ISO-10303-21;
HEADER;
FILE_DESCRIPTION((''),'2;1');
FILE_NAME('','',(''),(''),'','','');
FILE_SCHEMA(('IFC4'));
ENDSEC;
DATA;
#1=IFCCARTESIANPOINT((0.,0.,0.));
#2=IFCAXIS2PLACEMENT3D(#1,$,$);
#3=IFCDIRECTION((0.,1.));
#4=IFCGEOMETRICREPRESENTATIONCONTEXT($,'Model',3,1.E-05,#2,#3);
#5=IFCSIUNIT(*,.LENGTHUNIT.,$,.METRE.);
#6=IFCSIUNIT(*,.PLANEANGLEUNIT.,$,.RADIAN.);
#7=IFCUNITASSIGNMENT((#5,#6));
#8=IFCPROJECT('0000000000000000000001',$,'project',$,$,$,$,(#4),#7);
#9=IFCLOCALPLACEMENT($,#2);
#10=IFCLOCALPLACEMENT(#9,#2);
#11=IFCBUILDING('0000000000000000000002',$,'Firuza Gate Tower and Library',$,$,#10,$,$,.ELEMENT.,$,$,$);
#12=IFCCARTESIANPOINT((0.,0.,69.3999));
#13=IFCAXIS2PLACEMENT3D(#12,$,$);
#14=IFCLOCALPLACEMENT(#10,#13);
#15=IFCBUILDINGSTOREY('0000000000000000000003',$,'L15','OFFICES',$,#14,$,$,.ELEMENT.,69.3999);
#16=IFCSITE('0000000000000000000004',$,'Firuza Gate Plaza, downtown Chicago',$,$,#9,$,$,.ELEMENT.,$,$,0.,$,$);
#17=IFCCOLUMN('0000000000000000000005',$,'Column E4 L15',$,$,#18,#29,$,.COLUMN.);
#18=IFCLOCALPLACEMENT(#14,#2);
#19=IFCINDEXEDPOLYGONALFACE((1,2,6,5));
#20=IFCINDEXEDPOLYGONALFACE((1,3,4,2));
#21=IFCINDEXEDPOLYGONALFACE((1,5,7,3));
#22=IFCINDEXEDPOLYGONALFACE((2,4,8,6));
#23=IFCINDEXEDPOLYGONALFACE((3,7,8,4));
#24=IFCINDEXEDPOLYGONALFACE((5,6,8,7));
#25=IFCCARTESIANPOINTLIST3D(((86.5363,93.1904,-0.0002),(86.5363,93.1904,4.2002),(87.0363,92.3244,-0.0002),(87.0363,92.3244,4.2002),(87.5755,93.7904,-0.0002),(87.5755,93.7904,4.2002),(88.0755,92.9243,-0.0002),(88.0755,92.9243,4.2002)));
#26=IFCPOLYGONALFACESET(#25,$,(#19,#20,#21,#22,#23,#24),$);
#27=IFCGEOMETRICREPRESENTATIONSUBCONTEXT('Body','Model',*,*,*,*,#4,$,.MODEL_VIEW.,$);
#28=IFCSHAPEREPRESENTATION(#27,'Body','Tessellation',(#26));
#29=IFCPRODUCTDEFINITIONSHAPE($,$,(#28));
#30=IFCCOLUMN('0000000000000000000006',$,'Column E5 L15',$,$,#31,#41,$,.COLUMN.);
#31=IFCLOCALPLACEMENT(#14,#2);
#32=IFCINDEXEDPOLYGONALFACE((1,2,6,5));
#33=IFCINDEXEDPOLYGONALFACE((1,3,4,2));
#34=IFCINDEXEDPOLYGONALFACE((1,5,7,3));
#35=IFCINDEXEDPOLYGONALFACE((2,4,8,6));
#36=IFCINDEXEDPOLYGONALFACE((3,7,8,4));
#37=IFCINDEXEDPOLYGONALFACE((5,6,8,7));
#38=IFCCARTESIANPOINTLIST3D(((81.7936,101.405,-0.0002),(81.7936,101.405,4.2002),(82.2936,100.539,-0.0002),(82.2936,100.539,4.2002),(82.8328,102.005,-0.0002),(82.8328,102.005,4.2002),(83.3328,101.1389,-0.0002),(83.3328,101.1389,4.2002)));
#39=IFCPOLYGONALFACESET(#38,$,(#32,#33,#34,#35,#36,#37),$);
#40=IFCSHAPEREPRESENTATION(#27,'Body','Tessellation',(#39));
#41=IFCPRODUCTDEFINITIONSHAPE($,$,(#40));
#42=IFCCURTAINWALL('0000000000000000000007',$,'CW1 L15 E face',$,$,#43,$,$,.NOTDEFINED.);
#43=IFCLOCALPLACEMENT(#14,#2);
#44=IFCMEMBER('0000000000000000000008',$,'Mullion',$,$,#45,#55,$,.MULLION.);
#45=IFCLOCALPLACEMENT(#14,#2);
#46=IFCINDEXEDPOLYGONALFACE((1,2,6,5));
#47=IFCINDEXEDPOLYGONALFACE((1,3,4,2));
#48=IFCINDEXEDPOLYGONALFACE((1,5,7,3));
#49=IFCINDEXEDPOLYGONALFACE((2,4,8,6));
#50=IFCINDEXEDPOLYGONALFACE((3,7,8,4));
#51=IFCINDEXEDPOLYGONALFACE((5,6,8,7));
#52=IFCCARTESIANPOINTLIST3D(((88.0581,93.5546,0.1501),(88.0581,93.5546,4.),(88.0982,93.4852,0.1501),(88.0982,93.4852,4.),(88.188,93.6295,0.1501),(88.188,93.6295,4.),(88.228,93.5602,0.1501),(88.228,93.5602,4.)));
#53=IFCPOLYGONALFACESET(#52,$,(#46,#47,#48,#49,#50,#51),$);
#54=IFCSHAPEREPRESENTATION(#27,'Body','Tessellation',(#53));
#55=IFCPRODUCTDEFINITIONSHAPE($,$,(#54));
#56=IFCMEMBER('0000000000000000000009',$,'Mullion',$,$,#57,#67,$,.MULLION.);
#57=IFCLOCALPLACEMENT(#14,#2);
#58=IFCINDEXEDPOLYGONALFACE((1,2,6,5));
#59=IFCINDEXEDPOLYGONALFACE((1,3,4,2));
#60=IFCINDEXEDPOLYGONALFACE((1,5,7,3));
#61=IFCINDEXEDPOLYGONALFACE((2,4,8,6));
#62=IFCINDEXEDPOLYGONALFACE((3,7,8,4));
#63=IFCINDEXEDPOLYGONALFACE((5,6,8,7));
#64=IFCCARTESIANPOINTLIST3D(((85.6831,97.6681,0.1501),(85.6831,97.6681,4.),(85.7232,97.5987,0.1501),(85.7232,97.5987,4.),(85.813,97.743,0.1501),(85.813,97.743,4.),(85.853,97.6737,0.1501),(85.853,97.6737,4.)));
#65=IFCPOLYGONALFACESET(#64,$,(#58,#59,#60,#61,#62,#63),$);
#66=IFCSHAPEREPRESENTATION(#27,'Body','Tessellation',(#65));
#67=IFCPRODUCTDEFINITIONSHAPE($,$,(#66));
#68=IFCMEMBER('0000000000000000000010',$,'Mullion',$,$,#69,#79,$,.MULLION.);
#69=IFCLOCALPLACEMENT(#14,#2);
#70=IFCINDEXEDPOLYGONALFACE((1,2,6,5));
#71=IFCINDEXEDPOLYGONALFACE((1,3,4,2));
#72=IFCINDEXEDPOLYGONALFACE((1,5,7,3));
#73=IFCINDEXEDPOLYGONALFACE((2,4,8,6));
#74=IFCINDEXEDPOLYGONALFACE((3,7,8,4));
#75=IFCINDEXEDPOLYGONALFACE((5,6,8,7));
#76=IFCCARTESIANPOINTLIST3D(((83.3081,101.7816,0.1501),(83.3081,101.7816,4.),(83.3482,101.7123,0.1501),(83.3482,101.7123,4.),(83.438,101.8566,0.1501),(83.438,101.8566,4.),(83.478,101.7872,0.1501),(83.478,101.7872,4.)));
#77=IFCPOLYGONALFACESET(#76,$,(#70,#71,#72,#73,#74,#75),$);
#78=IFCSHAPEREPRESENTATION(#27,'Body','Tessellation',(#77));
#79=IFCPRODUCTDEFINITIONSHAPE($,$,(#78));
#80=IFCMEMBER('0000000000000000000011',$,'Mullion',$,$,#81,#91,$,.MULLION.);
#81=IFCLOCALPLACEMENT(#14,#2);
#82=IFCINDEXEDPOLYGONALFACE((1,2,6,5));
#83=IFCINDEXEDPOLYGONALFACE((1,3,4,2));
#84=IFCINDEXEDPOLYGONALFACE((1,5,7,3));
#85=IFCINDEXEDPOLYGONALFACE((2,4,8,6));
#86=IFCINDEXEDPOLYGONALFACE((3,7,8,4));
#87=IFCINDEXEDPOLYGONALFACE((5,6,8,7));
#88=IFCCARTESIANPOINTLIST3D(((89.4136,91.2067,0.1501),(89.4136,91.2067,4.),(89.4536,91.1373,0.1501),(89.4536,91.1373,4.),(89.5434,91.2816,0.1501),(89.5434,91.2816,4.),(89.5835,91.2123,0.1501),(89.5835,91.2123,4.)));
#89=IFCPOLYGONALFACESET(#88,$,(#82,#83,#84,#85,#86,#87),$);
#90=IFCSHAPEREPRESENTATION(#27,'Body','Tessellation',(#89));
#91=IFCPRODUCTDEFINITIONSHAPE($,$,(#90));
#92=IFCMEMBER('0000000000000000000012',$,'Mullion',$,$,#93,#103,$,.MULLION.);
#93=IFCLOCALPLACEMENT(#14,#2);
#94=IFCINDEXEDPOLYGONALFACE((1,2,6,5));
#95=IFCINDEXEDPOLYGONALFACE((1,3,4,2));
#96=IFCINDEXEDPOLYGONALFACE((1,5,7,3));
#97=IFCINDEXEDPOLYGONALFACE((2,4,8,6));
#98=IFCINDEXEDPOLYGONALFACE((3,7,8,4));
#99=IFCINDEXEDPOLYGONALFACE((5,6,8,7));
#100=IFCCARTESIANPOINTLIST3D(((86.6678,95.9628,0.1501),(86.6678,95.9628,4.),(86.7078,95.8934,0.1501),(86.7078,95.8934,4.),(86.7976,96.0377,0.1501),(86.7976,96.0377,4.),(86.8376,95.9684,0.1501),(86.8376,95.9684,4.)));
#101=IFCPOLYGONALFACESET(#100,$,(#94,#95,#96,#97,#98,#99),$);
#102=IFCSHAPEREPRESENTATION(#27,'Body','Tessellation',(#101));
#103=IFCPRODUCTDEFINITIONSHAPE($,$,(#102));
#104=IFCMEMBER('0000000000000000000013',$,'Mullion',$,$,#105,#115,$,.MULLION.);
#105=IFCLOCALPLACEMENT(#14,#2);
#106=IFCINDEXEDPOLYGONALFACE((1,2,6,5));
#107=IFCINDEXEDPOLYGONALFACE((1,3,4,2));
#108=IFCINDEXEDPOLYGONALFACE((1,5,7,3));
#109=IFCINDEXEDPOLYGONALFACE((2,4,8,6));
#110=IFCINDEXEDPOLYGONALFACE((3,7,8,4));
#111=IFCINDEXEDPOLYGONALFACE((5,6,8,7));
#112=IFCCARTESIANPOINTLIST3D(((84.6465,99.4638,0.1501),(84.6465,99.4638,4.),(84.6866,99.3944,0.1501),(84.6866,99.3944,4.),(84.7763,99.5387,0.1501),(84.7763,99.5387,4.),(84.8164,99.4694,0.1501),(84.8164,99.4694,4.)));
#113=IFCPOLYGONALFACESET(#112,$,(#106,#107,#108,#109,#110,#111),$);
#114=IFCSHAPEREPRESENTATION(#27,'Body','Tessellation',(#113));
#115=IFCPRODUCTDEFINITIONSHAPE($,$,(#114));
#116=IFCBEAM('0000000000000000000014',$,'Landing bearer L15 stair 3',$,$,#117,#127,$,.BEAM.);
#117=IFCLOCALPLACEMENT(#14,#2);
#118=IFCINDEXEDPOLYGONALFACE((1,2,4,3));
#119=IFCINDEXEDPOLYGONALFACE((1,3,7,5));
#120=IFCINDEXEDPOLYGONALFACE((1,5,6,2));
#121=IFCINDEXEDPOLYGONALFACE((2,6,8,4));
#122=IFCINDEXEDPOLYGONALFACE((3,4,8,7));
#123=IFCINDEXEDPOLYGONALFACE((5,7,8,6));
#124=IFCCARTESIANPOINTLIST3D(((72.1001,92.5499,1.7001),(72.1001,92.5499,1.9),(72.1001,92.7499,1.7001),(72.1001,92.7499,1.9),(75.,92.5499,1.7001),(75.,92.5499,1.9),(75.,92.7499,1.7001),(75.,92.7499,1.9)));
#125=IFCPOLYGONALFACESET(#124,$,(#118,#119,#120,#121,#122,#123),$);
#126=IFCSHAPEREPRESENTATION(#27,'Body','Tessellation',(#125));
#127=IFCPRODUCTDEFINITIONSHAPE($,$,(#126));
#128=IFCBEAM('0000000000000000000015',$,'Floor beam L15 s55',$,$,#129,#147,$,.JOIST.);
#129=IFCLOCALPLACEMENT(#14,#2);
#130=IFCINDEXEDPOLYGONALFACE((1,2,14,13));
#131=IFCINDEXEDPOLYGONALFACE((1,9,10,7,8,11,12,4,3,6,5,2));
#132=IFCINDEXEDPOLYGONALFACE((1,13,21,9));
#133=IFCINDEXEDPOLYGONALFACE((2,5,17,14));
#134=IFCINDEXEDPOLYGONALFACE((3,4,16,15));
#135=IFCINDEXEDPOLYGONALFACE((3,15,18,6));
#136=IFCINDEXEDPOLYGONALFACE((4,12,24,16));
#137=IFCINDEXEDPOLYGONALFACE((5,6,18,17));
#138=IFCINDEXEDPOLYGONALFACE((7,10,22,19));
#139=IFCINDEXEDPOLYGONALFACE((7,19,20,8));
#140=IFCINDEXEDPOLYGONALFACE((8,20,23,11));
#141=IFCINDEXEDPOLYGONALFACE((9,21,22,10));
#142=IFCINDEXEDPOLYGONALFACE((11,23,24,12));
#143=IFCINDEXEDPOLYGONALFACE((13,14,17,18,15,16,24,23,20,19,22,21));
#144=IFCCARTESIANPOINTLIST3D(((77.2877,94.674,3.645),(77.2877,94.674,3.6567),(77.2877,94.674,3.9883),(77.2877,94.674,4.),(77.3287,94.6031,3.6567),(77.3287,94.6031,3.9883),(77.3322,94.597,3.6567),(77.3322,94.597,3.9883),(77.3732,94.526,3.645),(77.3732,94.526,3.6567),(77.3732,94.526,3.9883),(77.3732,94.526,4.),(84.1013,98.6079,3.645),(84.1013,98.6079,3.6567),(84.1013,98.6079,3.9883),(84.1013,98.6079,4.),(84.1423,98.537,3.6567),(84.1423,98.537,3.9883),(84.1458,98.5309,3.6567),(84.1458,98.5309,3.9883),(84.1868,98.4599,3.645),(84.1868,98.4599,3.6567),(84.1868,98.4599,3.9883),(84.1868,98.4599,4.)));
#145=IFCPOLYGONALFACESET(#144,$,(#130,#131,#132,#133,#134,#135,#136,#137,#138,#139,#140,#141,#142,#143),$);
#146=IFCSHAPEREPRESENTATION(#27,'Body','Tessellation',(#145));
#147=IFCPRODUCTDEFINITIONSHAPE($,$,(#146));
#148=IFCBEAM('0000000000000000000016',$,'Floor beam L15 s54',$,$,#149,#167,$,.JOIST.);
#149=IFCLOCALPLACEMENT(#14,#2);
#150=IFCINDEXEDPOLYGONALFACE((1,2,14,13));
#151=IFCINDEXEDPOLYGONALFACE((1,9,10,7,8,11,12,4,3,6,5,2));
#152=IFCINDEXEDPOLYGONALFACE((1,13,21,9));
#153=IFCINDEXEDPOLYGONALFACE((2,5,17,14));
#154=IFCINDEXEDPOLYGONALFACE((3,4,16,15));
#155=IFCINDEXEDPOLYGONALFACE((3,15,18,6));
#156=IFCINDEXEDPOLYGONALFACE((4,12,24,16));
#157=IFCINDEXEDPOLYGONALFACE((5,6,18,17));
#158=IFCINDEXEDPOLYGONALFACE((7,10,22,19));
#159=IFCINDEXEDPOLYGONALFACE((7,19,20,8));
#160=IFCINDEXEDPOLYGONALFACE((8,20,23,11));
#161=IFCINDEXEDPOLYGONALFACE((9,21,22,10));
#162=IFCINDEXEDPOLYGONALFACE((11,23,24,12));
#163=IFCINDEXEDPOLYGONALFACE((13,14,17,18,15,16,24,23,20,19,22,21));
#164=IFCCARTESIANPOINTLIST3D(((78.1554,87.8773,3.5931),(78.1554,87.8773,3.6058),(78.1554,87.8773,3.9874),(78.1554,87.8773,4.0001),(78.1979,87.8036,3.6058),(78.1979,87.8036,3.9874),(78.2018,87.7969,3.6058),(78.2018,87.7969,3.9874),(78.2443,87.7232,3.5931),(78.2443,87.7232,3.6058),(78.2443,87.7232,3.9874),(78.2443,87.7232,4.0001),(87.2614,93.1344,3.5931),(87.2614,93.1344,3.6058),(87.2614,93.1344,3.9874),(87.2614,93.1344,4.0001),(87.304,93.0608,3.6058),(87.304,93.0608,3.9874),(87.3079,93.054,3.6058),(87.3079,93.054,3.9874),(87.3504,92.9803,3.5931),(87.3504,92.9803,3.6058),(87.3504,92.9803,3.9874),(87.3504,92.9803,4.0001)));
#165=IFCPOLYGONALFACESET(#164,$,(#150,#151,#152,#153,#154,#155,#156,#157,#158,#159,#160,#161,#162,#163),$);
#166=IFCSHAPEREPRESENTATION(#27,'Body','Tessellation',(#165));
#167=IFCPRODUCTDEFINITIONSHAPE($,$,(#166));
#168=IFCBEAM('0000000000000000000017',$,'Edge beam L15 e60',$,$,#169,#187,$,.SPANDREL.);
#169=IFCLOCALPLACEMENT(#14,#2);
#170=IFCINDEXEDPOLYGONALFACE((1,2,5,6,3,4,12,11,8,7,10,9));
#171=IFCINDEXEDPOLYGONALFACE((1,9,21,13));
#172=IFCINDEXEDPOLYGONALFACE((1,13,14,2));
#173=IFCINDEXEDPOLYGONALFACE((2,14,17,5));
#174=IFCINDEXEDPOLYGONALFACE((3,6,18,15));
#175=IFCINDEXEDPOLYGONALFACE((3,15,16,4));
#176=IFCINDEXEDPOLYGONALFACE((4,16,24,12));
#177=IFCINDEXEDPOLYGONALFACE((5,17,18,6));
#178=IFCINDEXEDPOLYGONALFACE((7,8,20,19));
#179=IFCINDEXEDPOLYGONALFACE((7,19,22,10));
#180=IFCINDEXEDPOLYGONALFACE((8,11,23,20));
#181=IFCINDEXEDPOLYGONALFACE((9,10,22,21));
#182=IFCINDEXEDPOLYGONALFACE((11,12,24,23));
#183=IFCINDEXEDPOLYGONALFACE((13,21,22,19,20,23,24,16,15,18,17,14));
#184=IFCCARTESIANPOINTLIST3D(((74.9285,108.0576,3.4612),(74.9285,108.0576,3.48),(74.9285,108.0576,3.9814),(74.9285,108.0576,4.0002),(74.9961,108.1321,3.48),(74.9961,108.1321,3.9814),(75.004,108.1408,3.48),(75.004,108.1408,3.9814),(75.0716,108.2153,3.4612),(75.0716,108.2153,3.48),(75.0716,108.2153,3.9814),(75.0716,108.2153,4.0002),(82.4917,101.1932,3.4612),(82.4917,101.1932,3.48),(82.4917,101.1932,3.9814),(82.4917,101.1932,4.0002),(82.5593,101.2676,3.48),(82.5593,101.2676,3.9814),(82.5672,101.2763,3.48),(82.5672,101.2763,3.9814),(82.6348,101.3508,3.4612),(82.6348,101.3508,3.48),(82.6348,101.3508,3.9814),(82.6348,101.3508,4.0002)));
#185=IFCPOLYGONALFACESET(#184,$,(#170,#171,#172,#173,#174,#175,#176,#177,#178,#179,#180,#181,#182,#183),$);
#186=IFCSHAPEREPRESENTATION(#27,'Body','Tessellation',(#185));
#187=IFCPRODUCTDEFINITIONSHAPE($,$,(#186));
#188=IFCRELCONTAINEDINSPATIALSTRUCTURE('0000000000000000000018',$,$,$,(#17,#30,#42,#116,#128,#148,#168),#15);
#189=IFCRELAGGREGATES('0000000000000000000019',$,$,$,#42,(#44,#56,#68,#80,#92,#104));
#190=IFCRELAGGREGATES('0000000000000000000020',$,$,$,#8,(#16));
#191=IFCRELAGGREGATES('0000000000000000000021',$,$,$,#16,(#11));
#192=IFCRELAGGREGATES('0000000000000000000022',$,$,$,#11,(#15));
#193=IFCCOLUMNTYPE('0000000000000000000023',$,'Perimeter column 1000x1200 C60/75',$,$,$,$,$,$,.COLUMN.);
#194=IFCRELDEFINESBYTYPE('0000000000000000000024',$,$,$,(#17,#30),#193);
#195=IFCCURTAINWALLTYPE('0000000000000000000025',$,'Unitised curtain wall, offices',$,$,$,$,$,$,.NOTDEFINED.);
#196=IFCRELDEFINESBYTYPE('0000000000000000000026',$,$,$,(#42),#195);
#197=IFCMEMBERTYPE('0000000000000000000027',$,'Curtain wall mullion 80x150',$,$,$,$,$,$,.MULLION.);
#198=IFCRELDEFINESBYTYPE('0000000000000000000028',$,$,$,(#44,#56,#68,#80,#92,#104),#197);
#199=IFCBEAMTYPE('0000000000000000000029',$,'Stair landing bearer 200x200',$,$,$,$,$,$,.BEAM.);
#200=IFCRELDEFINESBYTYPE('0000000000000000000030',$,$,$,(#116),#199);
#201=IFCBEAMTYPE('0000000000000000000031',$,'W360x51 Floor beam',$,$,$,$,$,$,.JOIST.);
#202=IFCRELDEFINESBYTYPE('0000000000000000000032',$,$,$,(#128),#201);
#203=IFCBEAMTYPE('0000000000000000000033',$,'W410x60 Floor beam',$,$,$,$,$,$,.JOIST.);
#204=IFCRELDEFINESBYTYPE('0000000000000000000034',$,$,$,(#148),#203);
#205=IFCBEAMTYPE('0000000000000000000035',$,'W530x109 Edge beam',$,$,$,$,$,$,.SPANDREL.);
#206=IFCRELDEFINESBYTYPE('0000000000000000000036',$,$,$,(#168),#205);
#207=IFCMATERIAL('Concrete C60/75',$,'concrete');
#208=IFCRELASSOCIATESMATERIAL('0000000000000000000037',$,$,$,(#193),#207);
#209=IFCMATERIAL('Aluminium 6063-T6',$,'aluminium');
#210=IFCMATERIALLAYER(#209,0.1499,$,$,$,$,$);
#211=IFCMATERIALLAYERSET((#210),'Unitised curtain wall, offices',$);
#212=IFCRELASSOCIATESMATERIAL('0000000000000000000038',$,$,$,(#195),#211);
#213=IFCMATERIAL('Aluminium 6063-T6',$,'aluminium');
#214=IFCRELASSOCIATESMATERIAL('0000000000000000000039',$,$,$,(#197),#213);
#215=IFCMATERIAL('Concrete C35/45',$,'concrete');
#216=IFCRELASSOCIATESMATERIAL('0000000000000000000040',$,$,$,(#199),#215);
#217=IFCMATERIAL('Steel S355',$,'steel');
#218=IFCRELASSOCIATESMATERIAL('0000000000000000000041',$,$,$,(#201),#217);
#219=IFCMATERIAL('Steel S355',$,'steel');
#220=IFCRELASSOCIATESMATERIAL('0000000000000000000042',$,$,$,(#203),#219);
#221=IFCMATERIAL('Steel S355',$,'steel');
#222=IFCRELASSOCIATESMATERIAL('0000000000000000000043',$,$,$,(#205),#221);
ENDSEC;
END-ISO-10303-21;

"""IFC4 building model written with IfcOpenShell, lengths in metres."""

from ifc_helpers import new_model, si_unit, direction, frame, origin, origin_2d, place, context, subcontext, project, spatial, rectangle, i_section, extrude, material, layer, layer_set, material_profile, profile_set, type_object, element, aggregate, save


model = new_model("IFC4")

# Units and contexts
model_context = context("Model", 3, precision=1e-05, world=origin(), true_north=direction((0.0, 1.0)))
body_context = subcontext(model_context, "Body", "Model", "MODEL_VIEW")
ifc_project = project(units=[si_unit("LENGTHUNIT", "METRE"), si_unit("PLANEANGLEUNIT", "RADIAN")], contexts=[model_context])

# Site, building, storey
site_placement = place(None, origin())
site = spatial("IfcSite", under=ifc_project, at=site_placement, Name="Firuza Gate Plaza, downtown Chicago", CompositionType="ELEMENT", RefElevation=0.0)
building_placement = place(site_placement, origin())
building = spatial("IfcBuilding", under=site, at=building_placement, Name="Firuza Gate Tower and Library", CompositionType="ELEMENT")
storey_placement = place(building_placement, frame((0.0, 0.0, 69.3999)))
storey = spatial("IfcBuildingStorey", under=building, at=storey_placement, Name="L15", Description="OFFICES", CompositionType="ELEMENT", Elevation=69.3999)

# Columns
ifc_material_1 = material(Name="Concrete C60/75", Category="concrete")
ifc_material_profile_1 = material_profile(ifc_material_1, rectangle(XDim=1.0, YDim=1.2, at=origin_2d()))
ifc_profile_set_1 = profile_set([ifc_material_profile_1], Name="Concrete C60/75")
column_type = type_object("IfcColumnType", Name="Perimeter column 1000x1200 C60/75", PredefinedType="COLUMN", material=ifc_profile_set_1)
for number, where, z_axis, x_axis, name in (
    (1, (87.3059, 93.0574, -0.0002), (0.0, 0.0, 1.0), (-0.5, 0.866025, 0.0), "Column E4 L15"),
    (2, (82.5632, 101.272, -0.0002), (0.0, 0.0, 1.0), (-0.5, 0.866025, 0.0), "Column E5 L15"),
):
    element("IfcColumn", number, at=place(storey_placement, frame(where, z_axis=z_axis, x_axis=x_axis)), inside=storey, type_object=column_type, Name=name, PredefinedType="COLUMN", context=body_context, shape_type="SweptSolid", body=[
        extrude(rectangle(XDim=1.0, YDim=1.2, at=origin_2d()), origin(), (0.0, 0.0, 1.0), 4.2004),
    ])

# Curtain wall, members
ifc_material_2 = material(Name="Aluminium 6063-T6", Category="aluminium")
ifc_layer_1 = layer(ifc_material_2, 0.1499)
ifc_layer_set_1 = layer_set([ifc_layer_1], Name="Unitised curtain wall, offices")
curtain_wall_type = type_object("IfcCurtainWallType", Name="Unitised curtain wall, offices", PredefinedType="NOTDEFINED", material=ifc_layer_set_1)
curtain_wall_placement = place(storey_placement, origin())
curtain_wall = element("IfcCurtainWall", 3, at=curtain_wall_placement, inside=storey, type_object=curtain_wall_type, Name="CW1 L15 E face", PredefinedType="NOTDEFINED")
ifc_material_3 = material(Name="Aluminium 6063-T6", Category="aluminium")
ifc_material_profile_2 = material_profile(ifc_material_3, rectangle(XDim=0.1499, YDim=0.0801, at=origin_2d()))
ifc_profile_set_2 = profile_set([ifc_material_profile_2], Name="Aluminium 6063-T6")
member_type = type_object("IfcMemberType", Name="Curtain wall mullion 80x150", PredefinedType="MULLION", material=ifc_profile_set_2)
member_1_placement = place(storey_placement, frame((88.1431, 93.5574, 0.1501), z_axis=(0.0, 0.0, 1.0), x_axis=(-0.866025, -0.5, 0.0)))
member_1 = element("IfcMember", 4, at=member_1_placement, type_object=member_type, Name="Mullion", PredefinedType="MULLION", context=body_context, shape_type="SweptSolid", body=[
    extrude(rectangle(XDim=0.1499, YDim=0.0801, at=origin_2d()), origin(), (0.0, 0.0, 1.0), 3.8499),
])
member_2_placement = place(storey_placement, frame((85.7681, 97.6709, 0.1501), z_axis=(0.0, 0.0, 1.0), x_axis=(-0.866025, -0.5, 0.0)))
member_2 = element("IfcMember", 5, at=member_2_placement, type_object=member_type, Name="Mullion", PredefinedType="MULLION", context=body_context, shape_type="SweptSolid", body=[
    extrude(rectangle(XDim=0.1499, YDim=0.0801, at=origin_2d()), origin(), (0.0, 0.0, 1.0), 3.8499),
])
member_3_placement = place(storey_placement, frame((83.3931, 101.7844, 0.1501), z_axis=(0.0, 0.0, 1.0), x_axis=(-0.866025, -0.5, 0.0)))
member_3 = element("IfcMember", 6, at=member_3_placement, type_object=member_type, Name="Mullion", PredefinedType="MULLION", context=body_context, shape_type="SweptSolid", body=[
    extrude(rectangle(XDim=0.1499, YDim=0.0801, at=origin_2d()), origin(), (0.0, 0.0, 1.0), 3.8499),
])
member_4_placement = place(storey_placement, frame((89.4985, 91.2095, 0.1501), z_axis=(0.0, 0.0, 1.0), x_axis=(-0.866025, -0.5, 0.0)))
member_4 = element("IfcMember", 7, at=member_4_placement, type_object=member_type, Name="Mullion", PredefinedType="MULLION", context=body_context, shape_type="SweptSolid", body=[
    extrude(rectangle(XDim=0.1499, YDim=0.0801, at=origin_2d()), origin(), (0.0, 0.0, 1.0), 3.8499),
])
member_5_placement = place(storey_placement, frame((86.7527, 95.9656, 0.1501), z_axis=(0.0, 0.0, 1.0), x_axis=(-0.866025, -0.5, 0.0)))
member_5 = element("IfcMember", 8, at=member_5_placement, type_object=member_type, Name="Mullion", PredefinedType="MULLION", context=body_context, shape_type="SweptSolid", body=[
    extrude(rectangle(XDim=0.1499, YDim=0.0801, at=origin_2d()), origin(), (0.0, 0.0, 1.0), 3.8499),
])
member_6_placement = place(storey_placement, frame((84.7314, 99.4666, 0.1501), z_axis=(0.0, 0.0, 1.0), x_axis=(-0.866025, -0.5, 0.0)))
member_6 = element("IfcMember", 9, at=member_6_placement, type_object=member_type, Name="Mullion", PredefinedType="MULLION", context=body_context, shape_type="SweptSolid", body=[
    extrude(rectangle(XDim=0.1499, YDim=0.0801, at=origin_2d()), origin(), (0.0, 0.0, 1.0), 3.8499),
])

# Beams
ifc_material_4 = material(Name="Concrete C35/45", Category="concrete")
ifc_material_profile_3 = material_profile(ifc_material_4, rectangle(XDim=0.2, YDim=0.2, at=origin_2d()))
ifc_profile_set_3 = profile_set([ifc_material_profile_3], Name="Concrete C35/45")
beam_type_1 = type_object("IfcBeamType", Name="Stair landing bearer 200x200", PredefinedType="BEAM", material=ifc_profile_set_3)
beam_1_placement = place(storey_placement, frame((75.0, 92.6499, 1.8), z_axis=(-1.0, 0.0, 0.0), x_axis=(0.0, -1.0, 0.0)))
element("IfcBeam", 10, at=beam_1_placement, inside=storey, type_object=beam_type_1, Name="Landing bearer L15 stair 3", PredefinedType="BEAM", context=body_context, shape_type="SweptSolid", body=[
    extrude(rectangle(XDim=0.2, YDim=0.2, at=origin_2d()), origin(), (0.0, 0.0, 1.0), 2.8999),
])
ifc_material_5 = material(Name="Steel S355", Category="steel")
ifc_material_profile_4 = material_profile(ifc_material_5, i_section(OverallWidth=0.1709, OverallDepth=0.355, WebThickness=0.0071, FlangeThickness=0.0117, at=origin_2d()))
ifc_profile_set_4 = profile_set([ifc_material_profile_4], Name="Steel S355")
beam_type_2 = type_object("IfcBeamType", Name="W360x51 Floor beam", PredefinedType="JOIST", material=ifc_profile_set_4)
beam_2_placement = place(storey_placement, frame((84.144, 98.5339, 3.8225), z_axis=(-0.866021, -0.500007, 0.0), x_axis=(0.500007, -0.866021, 0.0)))
element("IfcBeam", 11, at=beam_2_placement, inside=storey, type_object=beam_type_2, Name="Floor beam L15 s55", PredefinedType="JOIST", context=body_context, shape_type="SweptSolid", body=[
    extrude(i_section(OverallWidth=0.1709, OverallDepth=0.355, WebThickness=0.0071, FlangeThickness=0.0117, at=origin_2d()), origin(), (0.0, 0.0, 1.0), 7.8677),
])
ifc_material_6 = material(Name="Steel S355", Category="steel")
ifc_material_profile_5 = material_profile(ifc_material_6, i_section(OverallWidth=0.178, OverallDepth=0.407, WebThickness=0.0078, FlangeThickness=0.0127, at=origin_2d()))
ifc_profile_set_5 = profile_set([ifc_material_profile_5], Name="Steel S355")
beam_type_3 = type_object("IfcBeamType", Name="W410x60 Floor beam", PredefinedType="JOIST", material=ifc_profile_set_5)
beam_3_placement = place(storey_placement, frame((87.3059, 93.0574, 3.7966), z_axis=(-0.866036, -0.499982, 0.0), x_axis=(0.499982, -0.866036, 0.0)))
element("IfcBeam", 12, at=beam_3_placement, inside=storey, type_object=beam_type_3, Name="Floor beam L15 s54", PredefinedType="JOIST", context=body_context, shape_type="SweptSolid", body=[
    extrude(i_section(OverallWidth=0.178, OverallDepth=0.407, WebThickness=0.0078, FlangeThickness=0.0127, at=origin_2d()), origin(), (0.0, 0.0, 1.0), 10.5146),
])
ifc_material_7 = material(Name="Steel S355", Category="steel")
ifc_material_profile_6 = material_profile(ifc_material_7, i_section(OverallWidth=0.2129, OverallDepth=0.5391, WebThickness=0.0117, FlangeThickness=0.0188, at=origin_2d()))
ifc_profile_set_6 = profile_set([ifc_material_profile_6], Name="Steel S355")
beam_type_4 = type_object("IfcBeamType", Name="W530x109 Edge beam", PredefinedType="SPANDREL", material=ifc_profile_set_6)
beam_4_placement = place(storey_placement, frame((82.5632, 101.272, 3.7307), z_axis=(-0.740484, 0.672074, 0.0), x_axis=(-0.672074, -0.740484, 0.0)))
element("IfcBeam", 13, at=beam_4_placement, inside=storey, type_object=beam_type_4, Name="Edge beam L15 e60", PredefinedType="SPANDREL", context=body_context, shape_type="SweptSolid", body=[
    extrude(i_section(OverallWidth=0.2129, OverallDepth=0.5391, WebThickness=0.0117, FlangeThickness=0.0188, at=origin_2d()), origin(), (0.0, 0.0, 1.0), 10.2139),
])

aggregate(curtain_wall, [member_1, member_2, member_3, member_4, member_5, member_6])

save(model, "model.ifc")
